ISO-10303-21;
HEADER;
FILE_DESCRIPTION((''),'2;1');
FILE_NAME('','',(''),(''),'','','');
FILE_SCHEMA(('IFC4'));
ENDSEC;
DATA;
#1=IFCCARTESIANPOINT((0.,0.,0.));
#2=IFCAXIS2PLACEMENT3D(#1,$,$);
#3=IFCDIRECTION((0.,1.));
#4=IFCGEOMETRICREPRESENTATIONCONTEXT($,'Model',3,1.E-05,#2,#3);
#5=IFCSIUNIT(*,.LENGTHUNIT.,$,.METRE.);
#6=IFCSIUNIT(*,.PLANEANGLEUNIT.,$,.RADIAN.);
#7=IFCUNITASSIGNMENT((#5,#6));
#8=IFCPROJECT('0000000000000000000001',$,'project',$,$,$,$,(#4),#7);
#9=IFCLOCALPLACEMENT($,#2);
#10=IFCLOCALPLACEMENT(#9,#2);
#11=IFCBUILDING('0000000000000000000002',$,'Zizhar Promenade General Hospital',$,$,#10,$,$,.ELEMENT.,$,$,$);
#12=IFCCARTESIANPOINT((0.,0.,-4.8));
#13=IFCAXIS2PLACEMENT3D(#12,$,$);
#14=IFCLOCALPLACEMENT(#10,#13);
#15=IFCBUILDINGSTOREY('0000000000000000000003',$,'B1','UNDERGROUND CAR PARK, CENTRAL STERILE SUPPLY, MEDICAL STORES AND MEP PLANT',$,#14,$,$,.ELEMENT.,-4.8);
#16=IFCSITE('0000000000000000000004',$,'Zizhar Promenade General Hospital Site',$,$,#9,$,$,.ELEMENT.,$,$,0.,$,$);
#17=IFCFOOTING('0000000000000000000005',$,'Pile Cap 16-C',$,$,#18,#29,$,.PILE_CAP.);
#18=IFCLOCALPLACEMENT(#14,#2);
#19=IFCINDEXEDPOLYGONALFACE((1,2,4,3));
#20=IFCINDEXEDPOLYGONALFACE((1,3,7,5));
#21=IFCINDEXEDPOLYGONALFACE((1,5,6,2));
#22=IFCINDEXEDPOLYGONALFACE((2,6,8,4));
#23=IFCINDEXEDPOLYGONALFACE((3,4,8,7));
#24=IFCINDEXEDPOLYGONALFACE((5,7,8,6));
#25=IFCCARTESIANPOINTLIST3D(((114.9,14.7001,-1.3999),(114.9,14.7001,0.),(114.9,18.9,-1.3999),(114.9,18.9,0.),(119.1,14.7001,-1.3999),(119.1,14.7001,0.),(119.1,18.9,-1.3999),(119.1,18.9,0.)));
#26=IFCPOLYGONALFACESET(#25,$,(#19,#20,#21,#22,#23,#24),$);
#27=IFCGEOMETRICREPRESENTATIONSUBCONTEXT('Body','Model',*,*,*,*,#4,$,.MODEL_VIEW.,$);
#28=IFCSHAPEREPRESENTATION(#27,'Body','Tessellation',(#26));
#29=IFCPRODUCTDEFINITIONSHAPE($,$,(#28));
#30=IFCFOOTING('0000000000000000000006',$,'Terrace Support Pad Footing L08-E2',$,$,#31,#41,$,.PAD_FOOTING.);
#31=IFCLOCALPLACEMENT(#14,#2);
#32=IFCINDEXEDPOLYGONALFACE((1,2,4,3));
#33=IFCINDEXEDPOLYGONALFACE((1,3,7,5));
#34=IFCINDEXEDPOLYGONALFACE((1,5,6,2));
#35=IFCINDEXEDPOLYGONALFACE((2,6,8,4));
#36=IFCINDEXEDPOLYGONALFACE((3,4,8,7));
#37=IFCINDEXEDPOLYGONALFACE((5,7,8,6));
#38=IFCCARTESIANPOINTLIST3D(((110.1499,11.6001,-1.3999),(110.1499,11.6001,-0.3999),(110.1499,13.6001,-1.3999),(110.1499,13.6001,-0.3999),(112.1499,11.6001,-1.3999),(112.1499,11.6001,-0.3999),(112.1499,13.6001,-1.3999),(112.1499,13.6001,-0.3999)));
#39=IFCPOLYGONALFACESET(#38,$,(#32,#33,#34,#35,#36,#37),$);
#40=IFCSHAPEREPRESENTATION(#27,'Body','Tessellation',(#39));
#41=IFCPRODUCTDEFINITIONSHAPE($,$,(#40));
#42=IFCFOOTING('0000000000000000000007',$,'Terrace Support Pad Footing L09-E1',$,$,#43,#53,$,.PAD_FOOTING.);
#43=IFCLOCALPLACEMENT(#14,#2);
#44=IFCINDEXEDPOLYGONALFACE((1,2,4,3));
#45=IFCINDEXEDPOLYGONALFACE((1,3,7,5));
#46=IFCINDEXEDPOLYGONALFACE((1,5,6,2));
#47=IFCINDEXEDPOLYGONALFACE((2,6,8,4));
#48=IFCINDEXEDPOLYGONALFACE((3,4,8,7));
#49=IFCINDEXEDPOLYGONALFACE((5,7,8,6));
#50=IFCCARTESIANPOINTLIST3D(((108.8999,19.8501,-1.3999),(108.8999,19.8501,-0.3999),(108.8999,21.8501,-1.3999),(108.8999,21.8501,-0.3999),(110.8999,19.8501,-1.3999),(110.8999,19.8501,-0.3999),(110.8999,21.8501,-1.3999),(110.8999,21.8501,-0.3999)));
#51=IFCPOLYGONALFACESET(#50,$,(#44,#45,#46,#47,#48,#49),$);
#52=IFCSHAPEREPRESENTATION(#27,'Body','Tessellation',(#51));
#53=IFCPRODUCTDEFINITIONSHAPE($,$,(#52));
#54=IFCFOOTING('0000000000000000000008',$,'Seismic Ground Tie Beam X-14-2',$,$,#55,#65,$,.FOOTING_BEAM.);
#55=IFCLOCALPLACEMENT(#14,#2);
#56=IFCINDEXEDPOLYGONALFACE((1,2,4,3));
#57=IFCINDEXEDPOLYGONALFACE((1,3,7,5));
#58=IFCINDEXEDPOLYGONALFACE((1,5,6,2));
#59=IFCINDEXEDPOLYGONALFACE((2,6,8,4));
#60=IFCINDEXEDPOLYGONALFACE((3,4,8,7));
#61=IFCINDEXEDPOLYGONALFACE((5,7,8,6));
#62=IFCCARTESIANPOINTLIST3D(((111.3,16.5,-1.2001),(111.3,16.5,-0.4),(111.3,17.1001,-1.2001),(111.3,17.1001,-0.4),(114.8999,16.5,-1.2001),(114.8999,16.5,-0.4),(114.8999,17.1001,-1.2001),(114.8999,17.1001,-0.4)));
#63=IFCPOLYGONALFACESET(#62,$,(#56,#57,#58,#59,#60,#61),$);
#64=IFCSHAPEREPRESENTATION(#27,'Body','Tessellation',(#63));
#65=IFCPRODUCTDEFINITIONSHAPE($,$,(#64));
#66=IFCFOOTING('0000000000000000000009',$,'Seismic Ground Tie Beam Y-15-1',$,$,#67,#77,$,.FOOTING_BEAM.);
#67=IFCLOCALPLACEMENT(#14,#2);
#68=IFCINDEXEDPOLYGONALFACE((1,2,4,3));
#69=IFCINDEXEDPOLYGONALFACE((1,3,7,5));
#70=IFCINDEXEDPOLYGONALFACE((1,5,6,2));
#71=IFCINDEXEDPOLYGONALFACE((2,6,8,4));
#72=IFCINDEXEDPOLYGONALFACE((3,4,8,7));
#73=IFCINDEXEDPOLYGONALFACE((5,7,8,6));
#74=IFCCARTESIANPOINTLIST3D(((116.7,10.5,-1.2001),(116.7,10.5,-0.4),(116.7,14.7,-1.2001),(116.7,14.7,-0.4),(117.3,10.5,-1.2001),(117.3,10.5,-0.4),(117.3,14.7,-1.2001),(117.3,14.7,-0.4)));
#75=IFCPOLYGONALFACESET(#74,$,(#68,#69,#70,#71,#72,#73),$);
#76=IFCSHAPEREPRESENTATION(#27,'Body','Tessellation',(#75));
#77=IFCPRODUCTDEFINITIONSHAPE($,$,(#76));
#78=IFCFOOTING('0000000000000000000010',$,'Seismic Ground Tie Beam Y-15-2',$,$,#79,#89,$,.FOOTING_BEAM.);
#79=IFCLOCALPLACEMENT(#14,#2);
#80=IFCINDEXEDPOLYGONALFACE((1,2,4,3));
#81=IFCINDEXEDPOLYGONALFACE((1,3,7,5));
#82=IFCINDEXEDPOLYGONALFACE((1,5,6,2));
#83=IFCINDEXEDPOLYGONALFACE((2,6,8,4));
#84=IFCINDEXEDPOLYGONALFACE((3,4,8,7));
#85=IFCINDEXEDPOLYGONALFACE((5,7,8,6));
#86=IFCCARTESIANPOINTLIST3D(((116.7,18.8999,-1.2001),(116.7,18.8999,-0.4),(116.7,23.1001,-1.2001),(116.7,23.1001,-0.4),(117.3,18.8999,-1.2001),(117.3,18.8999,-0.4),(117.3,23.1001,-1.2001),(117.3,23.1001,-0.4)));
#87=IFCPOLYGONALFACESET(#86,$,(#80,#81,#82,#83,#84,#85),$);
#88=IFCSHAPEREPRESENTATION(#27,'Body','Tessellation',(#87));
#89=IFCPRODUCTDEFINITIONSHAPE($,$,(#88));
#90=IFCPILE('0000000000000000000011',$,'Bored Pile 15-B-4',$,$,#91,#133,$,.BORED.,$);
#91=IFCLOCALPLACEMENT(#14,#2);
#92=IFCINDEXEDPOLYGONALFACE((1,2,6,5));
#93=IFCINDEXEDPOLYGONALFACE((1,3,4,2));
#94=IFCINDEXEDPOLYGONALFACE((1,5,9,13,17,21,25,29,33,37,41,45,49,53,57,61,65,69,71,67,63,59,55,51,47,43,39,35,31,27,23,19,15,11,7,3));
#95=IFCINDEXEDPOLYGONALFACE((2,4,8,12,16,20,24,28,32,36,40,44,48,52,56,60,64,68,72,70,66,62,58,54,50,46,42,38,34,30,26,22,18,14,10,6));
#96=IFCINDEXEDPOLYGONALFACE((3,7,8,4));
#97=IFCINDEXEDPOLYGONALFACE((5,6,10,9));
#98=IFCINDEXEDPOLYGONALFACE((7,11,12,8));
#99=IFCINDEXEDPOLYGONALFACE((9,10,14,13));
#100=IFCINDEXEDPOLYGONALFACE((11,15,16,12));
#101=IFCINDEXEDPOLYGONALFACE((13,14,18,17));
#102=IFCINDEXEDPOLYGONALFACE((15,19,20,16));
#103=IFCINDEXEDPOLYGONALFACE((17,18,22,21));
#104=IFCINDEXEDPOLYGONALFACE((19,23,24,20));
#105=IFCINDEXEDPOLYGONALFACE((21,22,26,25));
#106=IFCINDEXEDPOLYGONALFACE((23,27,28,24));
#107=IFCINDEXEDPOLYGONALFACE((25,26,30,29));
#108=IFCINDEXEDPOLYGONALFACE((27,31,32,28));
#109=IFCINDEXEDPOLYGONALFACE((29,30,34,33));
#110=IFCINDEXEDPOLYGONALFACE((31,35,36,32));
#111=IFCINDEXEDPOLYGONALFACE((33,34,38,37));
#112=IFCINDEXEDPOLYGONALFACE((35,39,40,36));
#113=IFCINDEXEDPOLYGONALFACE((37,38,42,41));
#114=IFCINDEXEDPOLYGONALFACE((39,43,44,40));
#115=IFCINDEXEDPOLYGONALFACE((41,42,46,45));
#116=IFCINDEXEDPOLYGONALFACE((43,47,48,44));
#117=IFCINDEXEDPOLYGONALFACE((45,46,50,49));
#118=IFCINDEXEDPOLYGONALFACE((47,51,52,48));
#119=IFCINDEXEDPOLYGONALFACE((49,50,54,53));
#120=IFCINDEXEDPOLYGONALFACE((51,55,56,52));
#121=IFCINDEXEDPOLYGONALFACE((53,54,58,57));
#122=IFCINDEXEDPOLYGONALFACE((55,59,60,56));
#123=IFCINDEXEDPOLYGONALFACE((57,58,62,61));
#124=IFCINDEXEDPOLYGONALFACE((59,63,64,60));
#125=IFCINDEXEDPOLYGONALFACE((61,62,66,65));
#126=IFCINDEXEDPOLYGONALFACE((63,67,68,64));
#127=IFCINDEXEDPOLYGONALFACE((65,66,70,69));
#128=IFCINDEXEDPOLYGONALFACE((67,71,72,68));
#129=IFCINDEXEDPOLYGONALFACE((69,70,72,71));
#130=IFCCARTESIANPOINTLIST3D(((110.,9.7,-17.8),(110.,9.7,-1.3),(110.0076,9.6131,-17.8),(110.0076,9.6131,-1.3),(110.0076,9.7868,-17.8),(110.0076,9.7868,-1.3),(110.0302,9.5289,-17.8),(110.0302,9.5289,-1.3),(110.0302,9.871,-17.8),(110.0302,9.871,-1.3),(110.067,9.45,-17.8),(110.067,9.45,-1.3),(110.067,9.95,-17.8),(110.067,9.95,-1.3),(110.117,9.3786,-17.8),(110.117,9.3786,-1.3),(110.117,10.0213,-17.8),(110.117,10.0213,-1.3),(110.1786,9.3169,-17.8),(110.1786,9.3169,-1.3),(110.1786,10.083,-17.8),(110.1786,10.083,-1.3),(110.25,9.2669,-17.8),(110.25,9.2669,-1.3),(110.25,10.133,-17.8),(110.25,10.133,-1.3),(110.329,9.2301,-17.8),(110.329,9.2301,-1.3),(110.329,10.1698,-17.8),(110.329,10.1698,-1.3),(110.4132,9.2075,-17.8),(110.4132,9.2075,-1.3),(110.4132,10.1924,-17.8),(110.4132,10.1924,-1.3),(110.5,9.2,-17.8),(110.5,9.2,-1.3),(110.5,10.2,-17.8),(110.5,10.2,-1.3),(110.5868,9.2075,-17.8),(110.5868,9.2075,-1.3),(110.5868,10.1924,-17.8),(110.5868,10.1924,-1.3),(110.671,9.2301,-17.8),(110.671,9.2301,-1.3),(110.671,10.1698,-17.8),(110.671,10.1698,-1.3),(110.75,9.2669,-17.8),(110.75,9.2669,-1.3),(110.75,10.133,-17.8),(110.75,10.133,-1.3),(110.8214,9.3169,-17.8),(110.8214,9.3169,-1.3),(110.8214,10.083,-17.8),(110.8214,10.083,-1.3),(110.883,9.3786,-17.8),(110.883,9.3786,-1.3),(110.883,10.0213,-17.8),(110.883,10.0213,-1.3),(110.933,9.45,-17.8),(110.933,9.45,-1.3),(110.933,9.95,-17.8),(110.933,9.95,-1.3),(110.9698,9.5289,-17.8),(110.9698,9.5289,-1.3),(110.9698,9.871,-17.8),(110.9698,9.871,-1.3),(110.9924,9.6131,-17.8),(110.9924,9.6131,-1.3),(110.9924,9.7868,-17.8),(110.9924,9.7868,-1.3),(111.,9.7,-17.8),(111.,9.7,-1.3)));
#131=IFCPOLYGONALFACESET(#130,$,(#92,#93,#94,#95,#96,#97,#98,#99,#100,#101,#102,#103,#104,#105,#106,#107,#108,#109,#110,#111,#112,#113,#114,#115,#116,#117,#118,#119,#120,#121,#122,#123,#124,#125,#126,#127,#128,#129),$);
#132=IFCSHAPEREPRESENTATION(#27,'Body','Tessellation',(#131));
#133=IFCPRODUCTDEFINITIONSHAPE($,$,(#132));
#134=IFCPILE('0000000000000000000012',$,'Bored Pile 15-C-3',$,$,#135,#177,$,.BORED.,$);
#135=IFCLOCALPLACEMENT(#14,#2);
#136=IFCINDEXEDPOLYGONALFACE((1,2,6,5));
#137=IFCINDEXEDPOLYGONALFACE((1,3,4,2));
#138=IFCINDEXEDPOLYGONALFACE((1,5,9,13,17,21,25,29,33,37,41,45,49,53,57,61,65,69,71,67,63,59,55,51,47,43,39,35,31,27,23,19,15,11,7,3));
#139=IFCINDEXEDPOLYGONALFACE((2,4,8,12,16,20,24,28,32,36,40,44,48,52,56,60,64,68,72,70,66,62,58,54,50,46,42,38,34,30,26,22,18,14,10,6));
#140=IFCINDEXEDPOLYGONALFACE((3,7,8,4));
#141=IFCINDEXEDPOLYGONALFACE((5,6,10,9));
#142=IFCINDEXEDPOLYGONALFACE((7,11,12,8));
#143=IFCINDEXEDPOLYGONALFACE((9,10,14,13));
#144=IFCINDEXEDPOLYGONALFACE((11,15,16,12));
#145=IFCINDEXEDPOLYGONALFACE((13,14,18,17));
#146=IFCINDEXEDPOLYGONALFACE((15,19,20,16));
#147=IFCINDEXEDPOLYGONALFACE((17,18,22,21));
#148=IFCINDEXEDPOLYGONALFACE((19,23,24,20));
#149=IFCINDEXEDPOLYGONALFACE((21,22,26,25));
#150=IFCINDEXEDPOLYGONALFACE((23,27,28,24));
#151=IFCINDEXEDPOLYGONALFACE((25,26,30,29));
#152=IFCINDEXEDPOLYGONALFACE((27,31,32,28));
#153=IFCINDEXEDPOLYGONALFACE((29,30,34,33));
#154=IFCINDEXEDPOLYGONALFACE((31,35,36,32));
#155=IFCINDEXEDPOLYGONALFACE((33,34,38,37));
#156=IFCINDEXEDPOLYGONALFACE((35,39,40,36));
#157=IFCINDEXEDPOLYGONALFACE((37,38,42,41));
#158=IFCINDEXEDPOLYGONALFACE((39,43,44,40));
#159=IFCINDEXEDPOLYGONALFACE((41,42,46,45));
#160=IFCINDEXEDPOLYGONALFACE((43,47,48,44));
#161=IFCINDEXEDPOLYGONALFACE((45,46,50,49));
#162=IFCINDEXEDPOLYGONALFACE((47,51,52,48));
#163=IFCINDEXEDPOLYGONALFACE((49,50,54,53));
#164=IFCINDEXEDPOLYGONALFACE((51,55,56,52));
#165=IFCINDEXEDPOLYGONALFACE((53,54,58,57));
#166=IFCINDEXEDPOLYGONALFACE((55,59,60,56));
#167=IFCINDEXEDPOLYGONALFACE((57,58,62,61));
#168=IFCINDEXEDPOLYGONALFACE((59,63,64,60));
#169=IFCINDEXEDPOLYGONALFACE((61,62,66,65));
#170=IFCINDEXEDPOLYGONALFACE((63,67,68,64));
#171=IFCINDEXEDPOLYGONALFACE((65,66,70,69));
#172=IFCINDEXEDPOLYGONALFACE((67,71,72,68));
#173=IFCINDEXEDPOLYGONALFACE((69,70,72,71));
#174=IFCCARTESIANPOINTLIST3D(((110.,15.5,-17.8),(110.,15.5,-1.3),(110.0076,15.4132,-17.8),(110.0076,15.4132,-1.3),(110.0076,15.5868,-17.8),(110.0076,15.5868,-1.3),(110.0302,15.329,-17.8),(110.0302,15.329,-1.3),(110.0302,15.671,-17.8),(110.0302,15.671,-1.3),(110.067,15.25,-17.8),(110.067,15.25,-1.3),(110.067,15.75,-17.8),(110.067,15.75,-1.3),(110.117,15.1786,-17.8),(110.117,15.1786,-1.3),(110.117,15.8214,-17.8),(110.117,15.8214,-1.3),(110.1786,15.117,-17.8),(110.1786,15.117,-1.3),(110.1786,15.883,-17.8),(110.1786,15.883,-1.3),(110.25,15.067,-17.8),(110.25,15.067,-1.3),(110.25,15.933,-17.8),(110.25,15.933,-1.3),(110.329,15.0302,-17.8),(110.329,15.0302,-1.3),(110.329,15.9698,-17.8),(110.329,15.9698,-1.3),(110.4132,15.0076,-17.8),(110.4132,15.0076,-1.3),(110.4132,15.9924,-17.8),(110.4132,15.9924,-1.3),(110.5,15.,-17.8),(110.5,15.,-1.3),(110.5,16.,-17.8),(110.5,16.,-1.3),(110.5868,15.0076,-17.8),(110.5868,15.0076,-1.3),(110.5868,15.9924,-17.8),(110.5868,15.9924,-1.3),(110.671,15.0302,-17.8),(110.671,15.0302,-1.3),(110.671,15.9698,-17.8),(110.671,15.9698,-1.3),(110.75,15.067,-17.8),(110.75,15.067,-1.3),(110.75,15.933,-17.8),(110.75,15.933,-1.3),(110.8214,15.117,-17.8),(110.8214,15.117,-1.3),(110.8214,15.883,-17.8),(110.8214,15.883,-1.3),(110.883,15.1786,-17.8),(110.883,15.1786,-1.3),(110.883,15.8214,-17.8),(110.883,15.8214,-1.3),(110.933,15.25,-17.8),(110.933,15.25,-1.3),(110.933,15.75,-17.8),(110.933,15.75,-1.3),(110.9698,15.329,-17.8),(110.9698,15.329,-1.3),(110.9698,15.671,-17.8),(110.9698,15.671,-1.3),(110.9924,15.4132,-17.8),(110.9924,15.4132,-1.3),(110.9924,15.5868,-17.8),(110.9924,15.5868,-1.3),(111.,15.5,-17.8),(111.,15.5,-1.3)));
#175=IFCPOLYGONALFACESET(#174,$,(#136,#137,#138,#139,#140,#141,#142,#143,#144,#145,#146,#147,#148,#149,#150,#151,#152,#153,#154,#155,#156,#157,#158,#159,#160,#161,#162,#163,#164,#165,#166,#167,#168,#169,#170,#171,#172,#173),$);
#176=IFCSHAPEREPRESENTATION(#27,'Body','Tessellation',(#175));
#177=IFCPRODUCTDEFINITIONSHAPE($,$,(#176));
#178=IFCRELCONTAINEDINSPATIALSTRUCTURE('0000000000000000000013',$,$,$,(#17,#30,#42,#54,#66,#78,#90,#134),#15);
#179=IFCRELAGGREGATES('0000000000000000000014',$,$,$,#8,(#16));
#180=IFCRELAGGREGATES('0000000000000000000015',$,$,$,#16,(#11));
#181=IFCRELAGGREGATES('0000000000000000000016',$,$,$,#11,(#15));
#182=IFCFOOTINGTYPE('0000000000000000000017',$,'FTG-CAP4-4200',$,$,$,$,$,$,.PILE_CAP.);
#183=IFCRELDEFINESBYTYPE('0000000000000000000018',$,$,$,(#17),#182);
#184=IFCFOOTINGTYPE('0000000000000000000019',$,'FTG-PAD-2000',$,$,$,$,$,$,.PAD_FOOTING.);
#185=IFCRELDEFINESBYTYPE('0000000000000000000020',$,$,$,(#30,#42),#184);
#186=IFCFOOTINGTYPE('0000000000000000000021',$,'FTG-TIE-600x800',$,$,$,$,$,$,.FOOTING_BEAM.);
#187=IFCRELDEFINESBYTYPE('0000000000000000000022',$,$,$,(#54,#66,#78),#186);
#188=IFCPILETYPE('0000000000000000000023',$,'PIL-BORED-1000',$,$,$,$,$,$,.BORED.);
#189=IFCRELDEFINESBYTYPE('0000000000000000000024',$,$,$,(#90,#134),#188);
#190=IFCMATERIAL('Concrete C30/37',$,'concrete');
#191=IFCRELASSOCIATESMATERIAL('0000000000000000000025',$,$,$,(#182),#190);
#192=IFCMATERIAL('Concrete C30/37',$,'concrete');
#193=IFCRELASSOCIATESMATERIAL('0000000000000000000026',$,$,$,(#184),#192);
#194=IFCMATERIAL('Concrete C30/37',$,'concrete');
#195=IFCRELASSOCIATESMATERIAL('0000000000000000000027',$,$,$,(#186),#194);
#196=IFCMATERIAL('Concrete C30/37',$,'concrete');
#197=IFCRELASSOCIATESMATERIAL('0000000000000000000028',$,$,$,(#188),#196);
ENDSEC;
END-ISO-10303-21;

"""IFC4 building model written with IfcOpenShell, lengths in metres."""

from ifc_helpers import new_model, si_unit, direction, frame, origin, origin_2d, place, context, subcontext, project, spatial, rectangle, circle, extrude, material, material_profile, profile_set, type_object, element, save


model = new_model("IFC4")

# Units and contexts
model_context = context("Model", 3, precision=1e-05, world=origin(), true_north=direction((0.0, 1.0)))
body_context = subcontext(model_context, "Body", "Model", "MODEL_VIEW")
ifc_project = project(units=[si_unit("LENGTHUNIT", "METRE"), si_unit("PLANEANGLEUNIT", "RADIAN")], contexts=[model_context])

# Site, building, storey
site_placement = place(None, origin())
site = spatial("IfcSite", under=ifc_project, at=site_placement, Name="Zizhar Promenade General Hospital Site", CompositionType="ELEMENT", RefElevation=0.0)
building_placement = place(site_placement, origin())
building = spatial("IfcBuilding", under=site, at=building_placement, Name="Zizhar Promenade General Hospital", CompositionType="ELEMENT")
storey_placement = place(building_placement, frame((0.0, 0.0, -4.8)))
storey = spatial("IfcBuildingStorey", under=building, at=storey_placement, Name="B1", Description="UNDERGROUND CAR PARK, CENTRAL STERILE SUPPLY, MEDICAL STORES AND MEP PLANT", CompositionType="ELEMENT", Elevation=-4.8)

# Footings
ifc_material_1 = material(Name="Concrete C30/37", Category="concrete")
footing_type_1 = type_object("IfcFootingType", Name="FTG-CAP4-4200", PredefinedType="PILE_CAP", material=ifc_material_1)
footing_1_placement = place(storey_placement, frame((117.0, 16.8, -1.3999), z_axis=(0.0, 0.0, 1.0), x_axis=(1.0, 0.0, 0.0)))
element("IfcFooting", 1, at=footing_1_placement, inside=storey, type_object=footing_type_1, Name="Pile Cap 16-C", PredefinedType="PILE_CAP", context=body_context, shape_type="SweptSolid", body=[
    extrude(rectangle(XDim=4.2, YDim=4.2, at=origin_2d()), origin(), (0.0, 0.0, 1.0), 1.3999),
])
ifc_material_2 = material(Name="Concrete C30/37", Category="concrete")
footing_type_2 = type_object("IfcFootingType", Name="FTG-PAD-2000", PredefinedType="PAD_FOOTING", material=ifc_material_2)
for number, where, z_axis, x_axis, name in (
    (2, (111.1499, 12.6001, -1.3999), (0.0, 0.0, 1.0), (1.0, 0.0, 0.0), "Terrace Support Pad Footing L08-E2"),
    (3, (109.8999, 20.8501, -1.3999), (0.0, 0.0, 1.0), (1.0, 0.0, 0.0), "Terrace Support Pad Footing L09-E1"),
):
    element("IfcFooting", number, at=place(storey_placement, frame(where, z_axis=z_axis, x_axis=x_axis)), inside=storey, type_object=footing_type_2, Name=name, PredefinedType="PAD_FOOTING", context=body_context, shape_type="SweptSolid", body=[
        extrude(rectangle(XDim=2.0, YDim=2.0, at=origin_2d()), origin(), (0.0, 0.0, 1.0), 1.0),
    ])
ifc_material_3 = material(Name="Concrete C30/37", Category="concrete")
ifc_material_profile_1 = material_profile(ifc_material_3, rectangle(XDim=0.6001, YDim=0.8, at=origin_2d()))
ifc_profile_set_1 = profile_set([ifc_material_profile_1], Name="Concrete C30/37")
footing_type_3 = type_object("IfcFootingType", Name="FTG-TIE-600x800", PredefinedType="FOOTING_BEAM", material=ifc_profile_set_1)
footing_2_placement = place(storey_placement, frame((111.3, 16.8, -0.8), z_axis=(1.0, 0.0, 0.0), x_axis=(0.0, 1.0, 0.0)))
element("IfcFooting", 4, at=footing_2_placement, inside=storey, type_object=footing_type_3, Name="Seismic Ground Tie Beam X-14-2", PredefinedType="FOOTING_BEAM", context=body_context, shape_type="SweptSolid", body=[
    extrude(rectangle(XDim=0.6001, YDim=0.8, at=origin_2d()), origin(), (0.0, 0.0, 1.0), 3.5999),
])
footing_3_placement = place(storey_placement, frame((117.0, 10.5, -0.8), z_axis=(0.0, 1.0, 0.0), x_axis=(-1.0, 0.0, 0.0)))
element("IfcFooting", 5, at=footing_3_placement, inside=storey, type_object=footing_type_3, Name="Seismic Ground Tie Beam Y-15-1", PredefinedType="FOOTING_BEAM", context=body_context, shape_type="SweptSolid", body=[
    extrude(rectangle(XDim=0.6001, YDim=0.8, at=origin_2d()), origin(), (0.0, 0.0, 1.0), 4.2),
])
footing_4_placement = place(storey_placement, frame((117.0, 18.8999, -0.8), z_axis=(0.0, 1.0, 0.0), x_axis=(-1.0, 0.0, 0.0)))
element("IfcFooting", 6, at=footing_4_placement, inside=storey, type_object=footing_type_3, Name="Seismic Ground Tie Beam Y-15-2", PredefinedType="FOOTING_BEAM", context=body_context, shape_type="SweptSolid", body=[
    extrude(rectangle(XDim=0.6001, YDim=0.8, at=origin_2d()), origin(), (0.0, 0.0, 1.0), 4.2002),
])

# Piles
ifc_material_4 = material(Name="Concrete C30/37", Category="concrete")
ifc_material_profile_2 = material_profile(ifc_material_4, circle(Radius=0.5, at=origin_2d()))
ifc_profile_set_2 = profile_set([ifc_material_profile_2], Name="Concrete C30/37")
pile_type = type_object("IfcPileType", Name="PIL-BORED-1000", PredefinedType="BORED", material=ifc_profile_set_2)
for number, where, z_axis, x_axis, name in (
    (7, (110.5, 9.7, -1.3), (0.0, 0.0, -1.0), (1.0, 0.0, 0.0), "Bored Pile 15-B-4"),
    (8, (110.5, 15.5, -1.3), (0.0, 0.0, -1.0), (1.0, 0.0, 0.0), "Bored Pile 15-C-3"),
):
    element("IfcPile", number, at=place(storey_placement, frame(where, z_axis=z_axis, x_axis=x_axis)), inside=storey, type_object=pile_type, Name=name, PredefinedType="BORED", context=body_context, shape_type="SweptSolid", body=[
        extrude(circle(Radius=0.5, at=origin_2d()), origin(), (0.0, 0.0, 1.0), 16.5),
    ])

save(model, "model.ifc")
